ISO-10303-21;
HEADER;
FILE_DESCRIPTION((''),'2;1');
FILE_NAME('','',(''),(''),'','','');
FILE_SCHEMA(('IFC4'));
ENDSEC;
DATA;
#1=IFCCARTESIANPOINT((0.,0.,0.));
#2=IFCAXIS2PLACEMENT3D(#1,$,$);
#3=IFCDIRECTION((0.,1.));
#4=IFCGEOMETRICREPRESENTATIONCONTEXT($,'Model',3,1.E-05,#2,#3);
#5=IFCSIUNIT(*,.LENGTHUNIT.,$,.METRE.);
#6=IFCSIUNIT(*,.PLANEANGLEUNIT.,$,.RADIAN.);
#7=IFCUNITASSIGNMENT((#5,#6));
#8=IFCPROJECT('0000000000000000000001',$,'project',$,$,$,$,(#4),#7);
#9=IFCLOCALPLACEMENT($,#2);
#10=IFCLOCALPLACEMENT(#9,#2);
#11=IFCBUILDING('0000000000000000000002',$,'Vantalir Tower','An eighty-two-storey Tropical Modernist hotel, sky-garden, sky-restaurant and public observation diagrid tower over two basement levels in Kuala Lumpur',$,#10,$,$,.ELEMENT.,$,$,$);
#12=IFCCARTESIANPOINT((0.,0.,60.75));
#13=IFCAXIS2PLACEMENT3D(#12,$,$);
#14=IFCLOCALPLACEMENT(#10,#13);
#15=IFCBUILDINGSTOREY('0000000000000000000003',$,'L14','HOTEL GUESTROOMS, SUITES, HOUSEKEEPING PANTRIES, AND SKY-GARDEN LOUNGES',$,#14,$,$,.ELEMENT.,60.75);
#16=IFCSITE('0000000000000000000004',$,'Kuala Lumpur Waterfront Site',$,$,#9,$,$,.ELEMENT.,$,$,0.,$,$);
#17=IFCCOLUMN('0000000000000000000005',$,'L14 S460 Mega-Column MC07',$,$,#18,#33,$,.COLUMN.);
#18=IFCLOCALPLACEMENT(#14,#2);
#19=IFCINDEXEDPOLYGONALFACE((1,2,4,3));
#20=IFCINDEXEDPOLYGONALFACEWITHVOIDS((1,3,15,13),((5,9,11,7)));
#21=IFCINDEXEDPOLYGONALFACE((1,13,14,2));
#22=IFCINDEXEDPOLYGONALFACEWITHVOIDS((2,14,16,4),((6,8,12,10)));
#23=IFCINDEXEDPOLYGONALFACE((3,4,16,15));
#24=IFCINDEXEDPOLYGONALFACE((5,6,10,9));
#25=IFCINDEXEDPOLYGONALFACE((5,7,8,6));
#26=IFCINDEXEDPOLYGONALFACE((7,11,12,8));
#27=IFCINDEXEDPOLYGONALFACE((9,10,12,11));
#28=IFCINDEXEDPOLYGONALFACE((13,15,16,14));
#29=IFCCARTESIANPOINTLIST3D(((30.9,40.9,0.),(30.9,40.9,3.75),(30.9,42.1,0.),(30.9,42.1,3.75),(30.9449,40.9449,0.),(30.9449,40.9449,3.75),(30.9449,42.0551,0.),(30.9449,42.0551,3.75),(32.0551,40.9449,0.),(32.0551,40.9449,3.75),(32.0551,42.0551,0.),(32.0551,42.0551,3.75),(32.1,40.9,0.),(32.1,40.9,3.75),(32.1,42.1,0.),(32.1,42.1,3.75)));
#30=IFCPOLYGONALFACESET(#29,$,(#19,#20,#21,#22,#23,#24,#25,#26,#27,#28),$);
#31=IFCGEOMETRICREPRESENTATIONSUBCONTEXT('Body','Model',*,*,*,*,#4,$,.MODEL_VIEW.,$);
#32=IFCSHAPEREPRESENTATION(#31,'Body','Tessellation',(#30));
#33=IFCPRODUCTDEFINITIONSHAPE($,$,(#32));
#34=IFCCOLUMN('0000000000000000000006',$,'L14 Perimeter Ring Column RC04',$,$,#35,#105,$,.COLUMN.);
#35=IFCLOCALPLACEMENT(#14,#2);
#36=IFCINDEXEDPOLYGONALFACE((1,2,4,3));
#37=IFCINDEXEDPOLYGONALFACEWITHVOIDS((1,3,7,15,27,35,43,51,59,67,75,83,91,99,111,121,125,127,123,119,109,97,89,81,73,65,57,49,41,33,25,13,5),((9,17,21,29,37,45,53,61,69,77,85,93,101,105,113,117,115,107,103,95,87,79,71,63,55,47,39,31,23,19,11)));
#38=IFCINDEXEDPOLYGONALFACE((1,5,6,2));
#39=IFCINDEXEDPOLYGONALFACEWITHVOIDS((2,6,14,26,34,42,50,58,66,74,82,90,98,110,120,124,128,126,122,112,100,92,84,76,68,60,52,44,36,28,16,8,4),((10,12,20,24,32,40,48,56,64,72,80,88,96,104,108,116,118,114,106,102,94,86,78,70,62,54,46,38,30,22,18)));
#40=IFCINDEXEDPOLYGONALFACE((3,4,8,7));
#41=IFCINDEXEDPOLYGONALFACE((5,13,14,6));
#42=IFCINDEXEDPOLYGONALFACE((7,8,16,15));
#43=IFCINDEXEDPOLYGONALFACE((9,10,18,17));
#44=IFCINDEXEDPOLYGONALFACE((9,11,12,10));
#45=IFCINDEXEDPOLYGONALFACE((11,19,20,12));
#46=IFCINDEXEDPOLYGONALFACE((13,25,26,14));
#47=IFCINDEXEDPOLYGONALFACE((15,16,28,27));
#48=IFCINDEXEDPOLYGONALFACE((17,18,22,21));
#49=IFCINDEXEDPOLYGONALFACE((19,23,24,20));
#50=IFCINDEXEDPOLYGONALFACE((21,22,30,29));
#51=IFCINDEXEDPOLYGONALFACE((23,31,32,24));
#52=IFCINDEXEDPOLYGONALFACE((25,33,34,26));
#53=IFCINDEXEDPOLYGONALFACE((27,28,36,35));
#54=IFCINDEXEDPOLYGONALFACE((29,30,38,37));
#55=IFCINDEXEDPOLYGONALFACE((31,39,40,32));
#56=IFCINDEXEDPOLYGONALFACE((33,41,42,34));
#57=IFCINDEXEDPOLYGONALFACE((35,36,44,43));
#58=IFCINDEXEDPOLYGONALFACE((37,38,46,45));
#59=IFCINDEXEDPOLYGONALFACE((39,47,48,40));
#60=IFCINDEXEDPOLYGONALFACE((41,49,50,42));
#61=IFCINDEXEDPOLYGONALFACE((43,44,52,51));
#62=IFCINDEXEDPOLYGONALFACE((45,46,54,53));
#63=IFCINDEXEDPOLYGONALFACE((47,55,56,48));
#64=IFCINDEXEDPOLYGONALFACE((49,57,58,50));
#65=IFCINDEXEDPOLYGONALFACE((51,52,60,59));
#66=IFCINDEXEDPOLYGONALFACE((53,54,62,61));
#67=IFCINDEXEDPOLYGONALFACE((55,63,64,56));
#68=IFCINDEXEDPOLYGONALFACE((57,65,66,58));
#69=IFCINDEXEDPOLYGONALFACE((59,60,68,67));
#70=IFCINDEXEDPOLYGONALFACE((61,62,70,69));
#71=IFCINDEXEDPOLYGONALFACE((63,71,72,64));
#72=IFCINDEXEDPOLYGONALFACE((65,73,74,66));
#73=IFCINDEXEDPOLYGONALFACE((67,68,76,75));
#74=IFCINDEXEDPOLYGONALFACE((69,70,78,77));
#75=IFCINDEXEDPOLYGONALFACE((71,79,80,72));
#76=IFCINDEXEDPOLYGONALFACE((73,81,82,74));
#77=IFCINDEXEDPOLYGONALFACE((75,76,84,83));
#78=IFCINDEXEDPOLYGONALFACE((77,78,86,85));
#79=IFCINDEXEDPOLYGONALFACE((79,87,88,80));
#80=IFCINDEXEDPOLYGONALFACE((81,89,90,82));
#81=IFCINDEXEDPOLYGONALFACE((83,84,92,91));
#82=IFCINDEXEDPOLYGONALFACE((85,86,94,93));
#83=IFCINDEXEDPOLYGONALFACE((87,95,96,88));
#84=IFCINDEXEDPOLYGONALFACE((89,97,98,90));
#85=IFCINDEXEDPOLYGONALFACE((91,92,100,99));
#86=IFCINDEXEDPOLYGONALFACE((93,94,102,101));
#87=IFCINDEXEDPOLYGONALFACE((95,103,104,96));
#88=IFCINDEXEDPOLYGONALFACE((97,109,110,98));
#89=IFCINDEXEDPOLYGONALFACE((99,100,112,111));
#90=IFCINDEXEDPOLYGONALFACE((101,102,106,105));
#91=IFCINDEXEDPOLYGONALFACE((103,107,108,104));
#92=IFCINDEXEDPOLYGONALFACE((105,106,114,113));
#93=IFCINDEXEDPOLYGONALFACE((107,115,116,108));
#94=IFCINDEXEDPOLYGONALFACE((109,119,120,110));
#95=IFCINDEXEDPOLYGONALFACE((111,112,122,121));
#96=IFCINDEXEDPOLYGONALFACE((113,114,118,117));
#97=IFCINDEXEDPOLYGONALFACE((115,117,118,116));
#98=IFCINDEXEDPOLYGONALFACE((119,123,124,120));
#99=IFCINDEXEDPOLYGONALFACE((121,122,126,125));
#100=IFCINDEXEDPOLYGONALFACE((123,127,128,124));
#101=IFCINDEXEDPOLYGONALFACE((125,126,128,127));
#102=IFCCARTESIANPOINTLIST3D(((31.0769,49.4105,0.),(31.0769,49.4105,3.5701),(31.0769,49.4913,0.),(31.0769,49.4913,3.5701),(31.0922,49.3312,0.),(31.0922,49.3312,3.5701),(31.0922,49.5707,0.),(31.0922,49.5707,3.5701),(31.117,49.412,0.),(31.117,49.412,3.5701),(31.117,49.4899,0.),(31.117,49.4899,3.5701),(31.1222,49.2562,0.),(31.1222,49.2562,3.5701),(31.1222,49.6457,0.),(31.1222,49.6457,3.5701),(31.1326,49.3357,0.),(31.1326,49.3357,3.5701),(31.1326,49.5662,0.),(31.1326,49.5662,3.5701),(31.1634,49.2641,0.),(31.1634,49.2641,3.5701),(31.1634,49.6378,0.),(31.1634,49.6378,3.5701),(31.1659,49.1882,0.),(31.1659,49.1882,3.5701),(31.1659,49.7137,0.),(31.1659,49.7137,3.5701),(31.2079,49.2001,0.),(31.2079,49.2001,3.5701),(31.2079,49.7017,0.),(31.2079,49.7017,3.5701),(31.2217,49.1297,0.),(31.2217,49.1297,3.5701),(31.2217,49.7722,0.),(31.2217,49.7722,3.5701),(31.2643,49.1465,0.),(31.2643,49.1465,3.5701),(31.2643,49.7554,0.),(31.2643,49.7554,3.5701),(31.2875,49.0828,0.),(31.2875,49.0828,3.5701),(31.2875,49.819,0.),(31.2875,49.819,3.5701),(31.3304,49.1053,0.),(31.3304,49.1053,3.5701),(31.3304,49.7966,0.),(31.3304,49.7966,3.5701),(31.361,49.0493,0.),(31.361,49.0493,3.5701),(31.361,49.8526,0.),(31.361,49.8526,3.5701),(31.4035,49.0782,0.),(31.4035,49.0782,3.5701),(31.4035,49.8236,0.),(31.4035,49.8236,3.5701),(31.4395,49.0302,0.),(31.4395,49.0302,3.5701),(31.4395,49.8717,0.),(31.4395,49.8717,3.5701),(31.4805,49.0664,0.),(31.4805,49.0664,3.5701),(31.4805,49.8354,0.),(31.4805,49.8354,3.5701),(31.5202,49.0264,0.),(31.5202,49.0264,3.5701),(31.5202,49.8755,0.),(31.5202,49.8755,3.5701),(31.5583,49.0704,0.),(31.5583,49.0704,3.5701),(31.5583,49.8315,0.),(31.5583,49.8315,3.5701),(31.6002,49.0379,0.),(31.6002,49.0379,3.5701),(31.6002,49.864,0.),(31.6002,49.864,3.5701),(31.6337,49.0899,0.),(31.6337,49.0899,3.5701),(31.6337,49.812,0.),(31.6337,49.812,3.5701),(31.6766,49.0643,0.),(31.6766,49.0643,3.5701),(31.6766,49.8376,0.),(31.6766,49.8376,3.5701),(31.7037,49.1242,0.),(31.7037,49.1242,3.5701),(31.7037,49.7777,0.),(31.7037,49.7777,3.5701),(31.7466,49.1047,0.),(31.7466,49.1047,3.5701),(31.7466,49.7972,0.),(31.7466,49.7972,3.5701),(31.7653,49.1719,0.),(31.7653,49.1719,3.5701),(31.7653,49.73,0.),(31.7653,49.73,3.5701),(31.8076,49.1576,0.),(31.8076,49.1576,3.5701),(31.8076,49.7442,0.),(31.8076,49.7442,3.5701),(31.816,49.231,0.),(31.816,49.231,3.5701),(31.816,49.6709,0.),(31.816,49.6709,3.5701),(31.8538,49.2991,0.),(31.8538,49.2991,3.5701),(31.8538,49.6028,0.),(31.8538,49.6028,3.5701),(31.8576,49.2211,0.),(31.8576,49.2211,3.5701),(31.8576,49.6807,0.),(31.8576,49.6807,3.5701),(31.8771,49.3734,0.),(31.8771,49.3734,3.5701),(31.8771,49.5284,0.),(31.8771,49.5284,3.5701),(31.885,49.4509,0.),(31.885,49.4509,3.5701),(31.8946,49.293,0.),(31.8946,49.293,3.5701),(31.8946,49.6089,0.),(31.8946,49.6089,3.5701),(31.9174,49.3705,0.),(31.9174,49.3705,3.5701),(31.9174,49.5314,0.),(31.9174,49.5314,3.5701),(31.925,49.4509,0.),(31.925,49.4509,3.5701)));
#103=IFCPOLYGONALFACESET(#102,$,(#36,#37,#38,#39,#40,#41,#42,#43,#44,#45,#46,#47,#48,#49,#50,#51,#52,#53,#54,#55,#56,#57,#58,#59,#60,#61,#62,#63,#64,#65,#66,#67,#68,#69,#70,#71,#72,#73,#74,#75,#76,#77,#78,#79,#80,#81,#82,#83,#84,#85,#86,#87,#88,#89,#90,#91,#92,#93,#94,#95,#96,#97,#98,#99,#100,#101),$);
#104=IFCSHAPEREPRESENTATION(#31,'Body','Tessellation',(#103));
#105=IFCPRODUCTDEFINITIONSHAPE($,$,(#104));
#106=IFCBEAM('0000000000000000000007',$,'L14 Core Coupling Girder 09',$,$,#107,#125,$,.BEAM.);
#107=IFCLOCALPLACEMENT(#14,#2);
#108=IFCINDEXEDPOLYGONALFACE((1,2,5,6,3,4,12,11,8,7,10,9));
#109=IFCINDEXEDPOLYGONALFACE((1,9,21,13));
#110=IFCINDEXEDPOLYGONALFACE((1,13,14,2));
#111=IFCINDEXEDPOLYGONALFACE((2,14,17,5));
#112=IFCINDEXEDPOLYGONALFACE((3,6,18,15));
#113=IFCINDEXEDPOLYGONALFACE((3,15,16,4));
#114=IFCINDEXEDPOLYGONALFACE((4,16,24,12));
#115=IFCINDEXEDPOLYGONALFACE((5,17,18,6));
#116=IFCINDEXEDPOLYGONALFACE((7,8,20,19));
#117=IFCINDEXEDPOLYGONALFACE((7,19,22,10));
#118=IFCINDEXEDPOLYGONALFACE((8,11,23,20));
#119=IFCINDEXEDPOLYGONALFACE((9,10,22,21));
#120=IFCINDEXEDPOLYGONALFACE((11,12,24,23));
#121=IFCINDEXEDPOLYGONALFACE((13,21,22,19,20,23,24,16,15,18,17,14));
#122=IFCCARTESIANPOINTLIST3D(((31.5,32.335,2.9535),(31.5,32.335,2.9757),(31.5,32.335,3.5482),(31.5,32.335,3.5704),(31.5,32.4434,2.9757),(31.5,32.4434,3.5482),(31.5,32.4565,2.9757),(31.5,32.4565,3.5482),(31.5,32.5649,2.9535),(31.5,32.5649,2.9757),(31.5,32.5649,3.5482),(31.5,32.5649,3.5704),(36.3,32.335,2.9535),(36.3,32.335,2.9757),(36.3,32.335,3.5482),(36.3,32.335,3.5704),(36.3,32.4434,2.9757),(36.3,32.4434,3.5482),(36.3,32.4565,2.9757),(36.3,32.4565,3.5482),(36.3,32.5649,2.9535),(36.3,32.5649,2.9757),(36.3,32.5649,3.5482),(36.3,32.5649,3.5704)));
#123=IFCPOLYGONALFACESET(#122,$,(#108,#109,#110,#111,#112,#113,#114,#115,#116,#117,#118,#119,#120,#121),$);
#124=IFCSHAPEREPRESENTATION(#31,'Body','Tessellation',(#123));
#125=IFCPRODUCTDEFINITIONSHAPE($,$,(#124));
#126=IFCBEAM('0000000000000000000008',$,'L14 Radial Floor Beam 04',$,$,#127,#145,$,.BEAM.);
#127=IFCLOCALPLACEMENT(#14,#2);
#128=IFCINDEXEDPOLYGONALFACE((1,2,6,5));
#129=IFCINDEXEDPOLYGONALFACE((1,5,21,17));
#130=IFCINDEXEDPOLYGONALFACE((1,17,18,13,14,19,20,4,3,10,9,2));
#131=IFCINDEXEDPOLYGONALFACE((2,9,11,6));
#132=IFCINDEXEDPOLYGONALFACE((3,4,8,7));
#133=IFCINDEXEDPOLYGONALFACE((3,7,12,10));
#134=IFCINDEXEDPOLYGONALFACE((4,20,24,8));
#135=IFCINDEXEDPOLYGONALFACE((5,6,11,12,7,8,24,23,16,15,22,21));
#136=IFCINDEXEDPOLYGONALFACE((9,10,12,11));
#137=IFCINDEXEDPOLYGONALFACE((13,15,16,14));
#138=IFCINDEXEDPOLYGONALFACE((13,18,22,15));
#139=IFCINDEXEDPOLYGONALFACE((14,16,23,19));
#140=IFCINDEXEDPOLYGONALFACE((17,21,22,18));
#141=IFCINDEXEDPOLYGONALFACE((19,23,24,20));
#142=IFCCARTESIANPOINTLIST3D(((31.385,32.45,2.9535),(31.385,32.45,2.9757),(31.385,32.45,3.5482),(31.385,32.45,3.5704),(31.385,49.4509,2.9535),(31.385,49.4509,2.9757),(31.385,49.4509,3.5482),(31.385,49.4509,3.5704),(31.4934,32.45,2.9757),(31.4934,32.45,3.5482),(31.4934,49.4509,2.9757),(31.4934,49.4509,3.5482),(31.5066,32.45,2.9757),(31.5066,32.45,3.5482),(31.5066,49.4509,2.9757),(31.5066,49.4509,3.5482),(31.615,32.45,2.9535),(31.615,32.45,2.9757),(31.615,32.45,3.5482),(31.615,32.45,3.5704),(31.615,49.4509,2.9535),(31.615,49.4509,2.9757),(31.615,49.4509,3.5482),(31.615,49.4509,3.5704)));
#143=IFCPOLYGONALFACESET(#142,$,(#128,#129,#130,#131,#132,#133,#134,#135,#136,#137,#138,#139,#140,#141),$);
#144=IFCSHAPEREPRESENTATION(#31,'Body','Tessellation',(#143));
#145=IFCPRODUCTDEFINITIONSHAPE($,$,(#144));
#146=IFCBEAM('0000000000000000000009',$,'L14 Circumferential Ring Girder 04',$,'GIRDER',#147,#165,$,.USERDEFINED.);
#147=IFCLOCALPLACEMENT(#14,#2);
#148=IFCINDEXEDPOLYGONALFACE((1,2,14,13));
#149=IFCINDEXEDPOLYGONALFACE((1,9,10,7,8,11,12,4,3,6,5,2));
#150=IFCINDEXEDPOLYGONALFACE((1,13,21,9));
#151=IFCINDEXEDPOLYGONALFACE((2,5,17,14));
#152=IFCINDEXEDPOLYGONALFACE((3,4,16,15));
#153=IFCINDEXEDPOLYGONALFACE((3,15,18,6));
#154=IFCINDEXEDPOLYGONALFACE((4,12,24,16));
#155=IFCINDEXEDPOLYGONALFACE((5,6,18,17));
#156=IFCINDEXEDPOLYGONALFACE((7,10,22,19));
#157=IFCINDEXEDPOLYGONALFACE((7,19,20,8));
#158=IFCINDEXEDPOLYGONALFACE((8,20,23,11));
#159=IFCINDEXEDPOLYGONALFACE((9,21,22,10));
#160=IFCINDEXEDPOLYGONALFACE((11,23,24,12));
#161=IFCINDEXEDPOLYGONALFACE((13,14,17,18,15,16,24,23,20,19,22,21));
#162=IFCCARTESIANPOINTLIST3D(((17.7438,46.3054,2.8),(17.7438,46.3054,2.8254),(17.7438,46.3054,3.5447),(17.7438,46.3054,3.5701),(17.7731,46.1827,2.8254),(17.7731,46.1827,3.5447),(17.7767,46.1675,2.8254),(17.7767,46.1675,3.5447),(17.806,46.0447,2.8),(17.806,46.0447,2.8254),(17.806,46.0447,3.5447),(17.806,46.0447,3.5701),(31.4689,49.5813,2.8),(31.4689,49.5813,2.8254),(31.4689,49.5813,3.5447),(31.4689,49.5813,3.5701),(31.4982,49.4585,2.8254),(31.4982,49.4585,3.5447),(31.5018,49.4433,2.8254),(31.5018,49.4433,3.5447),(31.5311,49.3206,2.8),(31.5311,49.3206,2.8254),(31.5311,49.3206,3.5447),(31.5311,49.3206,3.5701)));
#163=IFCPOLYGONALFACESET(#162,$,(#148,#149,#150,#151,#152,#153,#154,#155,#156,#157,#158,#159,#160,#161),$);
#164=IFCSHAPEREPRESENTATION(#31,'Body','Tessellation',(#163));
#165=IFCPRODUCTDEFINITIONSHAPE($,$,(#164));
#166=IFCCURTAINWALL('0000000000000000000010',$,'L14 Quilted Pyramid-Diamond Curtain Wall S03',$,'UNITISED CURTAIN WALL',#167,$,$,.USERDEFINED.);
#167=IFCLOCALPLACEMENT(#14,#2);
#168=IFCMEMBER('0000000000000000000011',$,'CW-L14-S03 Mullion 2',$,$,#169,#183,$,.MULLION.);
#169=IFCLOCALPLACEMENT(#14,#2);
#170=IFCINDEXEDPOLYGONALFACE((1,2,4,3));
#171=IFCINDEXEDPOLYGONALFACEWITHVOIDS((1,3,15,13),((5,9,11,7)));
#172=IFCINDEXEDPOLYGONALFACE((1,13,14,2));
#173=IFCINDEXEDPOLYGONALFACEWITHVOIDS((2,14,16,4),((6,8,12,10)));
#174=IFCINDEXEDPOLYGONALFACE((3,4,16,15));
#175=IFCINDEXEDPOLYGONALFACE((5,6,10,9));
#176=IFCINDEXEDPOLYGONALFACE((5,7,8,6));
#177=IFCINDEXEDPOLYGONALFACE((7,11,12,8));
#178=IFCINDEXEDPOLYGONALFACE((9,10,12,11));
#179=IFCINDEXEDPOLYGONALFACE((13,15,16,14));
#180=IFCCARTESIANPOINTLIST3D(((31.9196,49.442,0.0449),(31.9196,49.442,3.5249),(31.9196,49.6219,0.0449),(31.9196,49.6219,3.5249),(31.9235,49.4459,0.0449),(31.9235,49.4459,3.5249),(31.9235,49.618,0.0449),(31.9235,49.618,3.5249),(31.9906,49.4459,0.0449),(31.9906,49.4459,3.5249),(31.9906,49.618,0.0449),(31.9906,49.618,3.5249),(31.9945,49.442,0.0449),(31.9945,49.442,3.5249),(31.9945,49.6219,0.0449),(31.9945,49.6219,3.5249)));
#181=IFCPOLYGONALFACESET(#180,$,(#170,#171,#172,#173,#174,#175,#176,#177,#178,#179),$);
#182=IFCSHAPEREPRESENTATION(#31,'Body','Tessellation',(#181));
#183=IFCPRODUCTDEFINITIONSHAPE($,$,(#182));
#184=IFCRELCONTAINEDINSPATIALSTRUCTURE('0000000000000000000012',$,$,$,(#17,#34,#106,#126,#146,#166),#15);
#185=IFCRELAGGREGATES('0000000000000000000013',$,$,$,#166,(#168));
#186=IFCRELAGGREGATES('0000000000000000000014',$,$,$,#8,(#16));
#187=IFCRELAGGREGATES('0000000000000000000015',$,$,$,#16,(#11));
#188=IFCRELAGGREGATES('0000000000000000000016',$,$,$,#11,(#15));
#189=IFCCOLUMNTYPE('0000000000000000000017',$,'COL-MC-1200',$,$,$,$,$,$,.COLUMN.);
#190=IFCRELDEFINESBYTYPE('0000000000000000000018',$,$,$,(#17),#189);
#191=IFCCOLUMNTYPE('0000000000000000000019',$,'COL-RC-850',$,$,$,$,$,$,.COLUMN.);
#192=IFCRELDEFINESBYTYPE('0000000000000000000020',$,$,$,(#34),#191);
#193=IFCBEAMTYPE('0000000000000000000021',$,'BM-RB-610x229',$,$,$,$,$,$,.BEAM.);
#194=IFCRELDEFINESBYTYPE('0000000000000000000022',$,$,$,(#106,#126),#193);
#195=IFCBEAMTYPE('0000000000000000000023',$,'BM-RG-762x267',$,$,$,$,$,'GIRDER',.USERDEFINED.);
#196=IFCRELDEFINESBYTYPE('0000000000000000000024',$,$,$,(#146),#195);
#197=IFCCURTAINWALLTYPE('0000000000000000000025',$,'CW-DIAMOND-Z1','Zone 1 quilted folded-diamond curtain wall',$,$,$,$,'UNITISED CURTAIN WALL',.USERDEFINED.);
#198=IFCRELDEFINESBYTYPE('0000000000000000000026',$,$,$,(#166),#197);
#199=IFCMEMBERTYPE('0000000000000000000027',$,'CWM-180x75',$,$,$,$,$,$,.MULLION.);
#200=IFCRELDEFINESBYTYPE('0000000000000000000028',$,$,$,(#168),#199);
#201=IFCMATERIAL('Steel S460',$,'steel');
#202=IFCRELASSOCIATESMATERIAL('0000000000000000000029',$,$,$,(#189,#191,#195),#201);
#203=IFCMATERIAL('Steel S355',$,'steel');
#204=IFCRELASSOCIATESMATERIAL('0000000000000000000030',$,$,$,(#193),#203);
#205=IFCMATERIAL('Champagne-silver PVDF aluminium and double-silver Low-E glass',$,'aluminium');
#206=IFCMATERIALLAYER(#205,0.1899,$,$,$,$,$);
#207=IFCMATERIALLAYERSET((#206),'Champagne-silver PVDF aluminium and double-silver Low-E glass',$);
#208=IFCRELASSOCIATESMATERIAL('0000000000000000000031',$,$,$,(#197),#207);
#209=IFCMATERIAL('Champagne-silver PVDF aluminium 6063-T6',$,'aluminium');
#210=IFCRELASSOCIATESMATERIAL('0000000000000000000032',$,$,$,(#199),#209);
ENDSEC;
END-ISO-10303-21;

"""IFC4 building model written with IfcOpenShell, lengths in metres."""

from ifc_helpers import new_model, si_unit, direction, frame, origin, origin_2d, place, context, subcontext, project, spatial, hollow_rectangle, hollow_circle, i_section, extrude, material, layer, layer_set, material_profile, profile_set, type_object, element, aggregate, save


model = new_model("IFC4")

# Units and contexts
model_context = context("Model", 3, precision=1e-05, world=origin(), true_north=direction((0.0, 1.0)))
body_context = subcontext(model_context, "Body", "Model", "MODEL_VIEW")
ifc_project = project(units=[si_unit("LENGTHUNIT", "METRE"), si_unit("PLANEANGLEUNIT", "RADIAN")], contexts=[model_context])

# Site, building, storey
site_placement = place(None, origin())
site = spatial("IfcSite", under=ifc_project, at=site_placement, Name="Kuala Lumpur Waterfront Site", CompositionType="ELEMENT", RefElevation=0.0)
building_placement = place(site_placement, origin())
building = spatial("IfcBuilding", under=site, at=building_placement, Name="Vantalir Tower", Description="An eighty-two-storey Tropical Modernist hotel, sky-garden, sky-restaurant and public observation diagrid tower over two basement levels in Kuala Lumpur", CompositionType="ELEMENT")
storey_placement = place(building_placement, frame((0.0, 0.0, 60.75)))
storey = spatial("IfcBuildingStorey", under=building, at=storey_placement, Name="L14", Description="HOTEL GUESTROOMS, SUITES, HOUSEKEEPING PANTRIES, AND SKY-GARDEN LOUNGES", CompositionType="ELEMENT", Elevation=60.75)

# Columns
ifc_material_1 = material(Name="Steel S460", Category="steel")
ifc_material_profile_1 = material_profile(ifc_material_1, hollow_rectangle(XDim=1.2, YDim=1.2, WallThickness=0.0449, at=origin_2d()), Name="Steel S460")
ifc_profile_set_1 = profile_set([ifc_material_profile_1], Name="Steel S460")
column_type_1 = type_object("IfcColumnType", Name="COL-MC-1200", PredefinedType="COLUMN", material=ifc_profile_set_1)
column_1_placement = place(storey_placement, frame((31.5, 41.5, 0.0), z_axis=(0.0, 0.0, 1.0), x_axis=(1.0, 0.0, 0.0)))
element("IfcColumn", 1, at=column_1_placement, inside=storey, type_object=column_type_1, Name="L14 S460 Mega-Column MC07", PredefinedType="COLUMN", context=body_context, shape_type="SweptSolid", body=[
    extrude(hollow_rectangle(XDim=1.2, YDim=1.2, WallThickness=0.0449, at=origin_2d()), origin(), (0.0, 0.0, 1.0), 3.75),
])
ifc_material_profile_2 = material_profile(ifc_material_1, hollow_circle(Radius=0.425, WallThickness=0.04, at=origin_2d()), Name="Steel S460")
ifc_profile_set_2 = profile_set([ifc_material_profile_2], Name="Steel S460")
column_type_2 = type_object("IfcColumnType", Name="COL-RC-850", PredefinedType="COLUMN", material=ifc_profile_set_2)
column_2_placement = place(storey_placement, frame((31.5, 49.4509, 0.0), z_axis=(0.0, 0.0, 1.0), x_axis=(1.0, 0.0, 0.0)))
element("IfcColumn", 2, at=column_2_placement, inside=storey, type_object=column_type_2, Name="L14 Perimeter Ring Column RC04", PredefinedType="COLUMN", context=body_context, shape_type="SweptSolid", body=[
    extrude(hollow_circle(Radius=0.425, WallThickness=0.04, at=origin_2d()), origin(), (0.0, 0.0, 1.0), 3.5701),
])

# Beams
ifc_material_2 = material(Name="Steel S355", Category="steel")
ifc_material_profile_3 = material_profile(ifc_material_2, i_section(OverallWidth=0.23, OverallDepth=0.6169, WebThickness=0.0132, FlangeThickness=0.0222, at=origin_2d()), Name="Steel S355")
ifc_profile_set_3 = profile_set([ifc_material_profile_3], Name="Steel S355")
beam_type_1 = type_object("IfcBeamType", Name="BM-RB-610x229", PredefinedType="BEAM", material=ifc_profile_set_3)
beam_1_placement = place(storey_placement, frame((36.3, 32.45, 3.262), z_axis=(-1.0, 0.0, 0.0), x_axis=(0.0, -1.0, 0.0)))
element("IfcBeam", 3, at=beam_1_placement, inside=storey, type_object=beam_type_1, Name="L14 Core Coupling Girder 09", PredefinedType="BEAM", context=body_context, shape_type="SweptSolid", body=[
    extrude(i_section(OverallWidth=0.23, OverallDepth=0.6169, WebThickness=0.0132, FlangeThickness=0.0222, at=origin_2d()), origin(), (0.0, 0.0, 1.0), 4.8),
])
beam_2_placement = place(storey_placement, frame((31.5, 49.4509, 3.262), z_axis=(0.0, -1.0, 0.0), x_axis=(1.0, 0.0, 0.0)))
element("IfcBeam", 4, at=beam_2_placement, inside=storey, type_object=beam_type_1, Name="L14 Radial Floor Beam 04", PredefinedType="BEAM", context=body_context, shape_type="SweptSolid", body=[
    extrude(i_section(OverallWidth=0.23, OverallDepth=0.6169, WebThickness=0.0132, FlangeThickness=0.0222, at=origin_2d()), origin(), (0.0, 0.0, 1.0), 17.001),
])
ifc_material_profile_4 = material_profile(ifc_material_1, i_section(OverallWidth=0.2681, OverallDepth=0.77, WebThickness=0.0156, FlangeThickness=0.0254, at=origin_2d()), Name="Steel S460")
ifc_profile_set_4 = profile_set([ifc_material_profile_4], Name="Steel S460")
beam_type_2 = type_object("IfcBeamType", Name="BM-RG-762x267", ElementType="GIRDER", PredefinedType="USERDEFINED", material=ifc_profile_set_4)
beam_3_placement = place(storey_placement, frame((31.5, 49.4509, 3.1851), z_axis=(-0.972678, -0.232157, 0.0), x_axis=(0.232157, -0.972678, 0.0)))
element("IfcBeam", 5, at=beam_3_placement, inside=storey, type_object=beam_type_2, Name="L14 Circumferential Ring Girder 04", ObjectType="GIRDER", PredefinedType="USERDEFINED", context=body_context, shape_type="SweptSolid", body=[
    extrude(i_section(OverallWidth=0.2681, OverallDepth=0.77, WebThickness=0.0156, FlangeThickness=0.0254, at=origin_2d()), origin(), (0.0, 0.0, 1.0), 14.1106),
])

# Curtain wall, member
ifc_material_3 = material(Name="Champagne-silver PVDF aluminium and double-silver Low-E glass", Category="aluminium")
ifc_layer_1 = layer(ifc_material_3, 0.1899)
ifc_layer_set_1 = layer_set([ifc_layer_1], Name="Champagne-silver PVDF aluminium and double-silver Low-E glass")
curtain_wall_type = type_object("IfcCurtainWallType", Name="CW-DIAMOND-Z1", Description="Zone 1 quilted folded-diamond curtain wall", ElementType="UNITISED CURTAIN WALL", PredefinedType="USERDEFINED", material=ifc_layer_set_1)
curtain_wall_1_placement = place(storey_placement, origin())
curtain_wall_1 = element("IfcCurtainWall", 6, at=curtain_wall_1_placement, inside=storey, type_object=curtain_wall_type, Name="L14 Quilted Pyramid-Diamond Curtain Wall S03", ObjectType="UNITISED CURTAIN WALL", PredefinedType="USERDEFINED")
ifc_material_4 = material(Name="Champagne-silver PVDF aluminium 6063-T6", Category="aluminium")
ifc_material_profile_5 = material_profile(ifc_material_4, hollow_rectangle(XDim=0.075, YDim=0.1799, WallThickness=0.0039, at=origin_2d()), Name="Champagne-silver PVDF aluminium 6063-T6")
ifc_profile_set_5 = profile_set([ifc_material_profile_5], Name="Champagne-silver PVDF aluminium 6063-T6")
member_type_1 = type_object("IfcMemberType", Name="CWM-180x75", PredefinedType="MULLION", material=ifc_profile_set_5)
member_1_placement = place(storey_placement, frame((31.957, 49.532, 0.0449), z_axis=(0.0, 0.0, 1.0), x_axis=(1.0, 0.0, 0.0)))
member_1 = element("IfcMember", 7, at=member_1_placement, type_object=member_type_1, Name="CW-L14-S03 Mullion 2", PredefinedType="MULLION", context=body_context, shape_type="SweptSolid", body=[
    extrude(hollow_rectangle(XDim=0.075, YDim=0.1799, WallThickness=0.0039, at=origin_2d()), origin(), (0.0, 0.0, 1.0), 3.48),
])

aggregate(curtain_wall_1, [member_1])

save(model, "model.ifc")
